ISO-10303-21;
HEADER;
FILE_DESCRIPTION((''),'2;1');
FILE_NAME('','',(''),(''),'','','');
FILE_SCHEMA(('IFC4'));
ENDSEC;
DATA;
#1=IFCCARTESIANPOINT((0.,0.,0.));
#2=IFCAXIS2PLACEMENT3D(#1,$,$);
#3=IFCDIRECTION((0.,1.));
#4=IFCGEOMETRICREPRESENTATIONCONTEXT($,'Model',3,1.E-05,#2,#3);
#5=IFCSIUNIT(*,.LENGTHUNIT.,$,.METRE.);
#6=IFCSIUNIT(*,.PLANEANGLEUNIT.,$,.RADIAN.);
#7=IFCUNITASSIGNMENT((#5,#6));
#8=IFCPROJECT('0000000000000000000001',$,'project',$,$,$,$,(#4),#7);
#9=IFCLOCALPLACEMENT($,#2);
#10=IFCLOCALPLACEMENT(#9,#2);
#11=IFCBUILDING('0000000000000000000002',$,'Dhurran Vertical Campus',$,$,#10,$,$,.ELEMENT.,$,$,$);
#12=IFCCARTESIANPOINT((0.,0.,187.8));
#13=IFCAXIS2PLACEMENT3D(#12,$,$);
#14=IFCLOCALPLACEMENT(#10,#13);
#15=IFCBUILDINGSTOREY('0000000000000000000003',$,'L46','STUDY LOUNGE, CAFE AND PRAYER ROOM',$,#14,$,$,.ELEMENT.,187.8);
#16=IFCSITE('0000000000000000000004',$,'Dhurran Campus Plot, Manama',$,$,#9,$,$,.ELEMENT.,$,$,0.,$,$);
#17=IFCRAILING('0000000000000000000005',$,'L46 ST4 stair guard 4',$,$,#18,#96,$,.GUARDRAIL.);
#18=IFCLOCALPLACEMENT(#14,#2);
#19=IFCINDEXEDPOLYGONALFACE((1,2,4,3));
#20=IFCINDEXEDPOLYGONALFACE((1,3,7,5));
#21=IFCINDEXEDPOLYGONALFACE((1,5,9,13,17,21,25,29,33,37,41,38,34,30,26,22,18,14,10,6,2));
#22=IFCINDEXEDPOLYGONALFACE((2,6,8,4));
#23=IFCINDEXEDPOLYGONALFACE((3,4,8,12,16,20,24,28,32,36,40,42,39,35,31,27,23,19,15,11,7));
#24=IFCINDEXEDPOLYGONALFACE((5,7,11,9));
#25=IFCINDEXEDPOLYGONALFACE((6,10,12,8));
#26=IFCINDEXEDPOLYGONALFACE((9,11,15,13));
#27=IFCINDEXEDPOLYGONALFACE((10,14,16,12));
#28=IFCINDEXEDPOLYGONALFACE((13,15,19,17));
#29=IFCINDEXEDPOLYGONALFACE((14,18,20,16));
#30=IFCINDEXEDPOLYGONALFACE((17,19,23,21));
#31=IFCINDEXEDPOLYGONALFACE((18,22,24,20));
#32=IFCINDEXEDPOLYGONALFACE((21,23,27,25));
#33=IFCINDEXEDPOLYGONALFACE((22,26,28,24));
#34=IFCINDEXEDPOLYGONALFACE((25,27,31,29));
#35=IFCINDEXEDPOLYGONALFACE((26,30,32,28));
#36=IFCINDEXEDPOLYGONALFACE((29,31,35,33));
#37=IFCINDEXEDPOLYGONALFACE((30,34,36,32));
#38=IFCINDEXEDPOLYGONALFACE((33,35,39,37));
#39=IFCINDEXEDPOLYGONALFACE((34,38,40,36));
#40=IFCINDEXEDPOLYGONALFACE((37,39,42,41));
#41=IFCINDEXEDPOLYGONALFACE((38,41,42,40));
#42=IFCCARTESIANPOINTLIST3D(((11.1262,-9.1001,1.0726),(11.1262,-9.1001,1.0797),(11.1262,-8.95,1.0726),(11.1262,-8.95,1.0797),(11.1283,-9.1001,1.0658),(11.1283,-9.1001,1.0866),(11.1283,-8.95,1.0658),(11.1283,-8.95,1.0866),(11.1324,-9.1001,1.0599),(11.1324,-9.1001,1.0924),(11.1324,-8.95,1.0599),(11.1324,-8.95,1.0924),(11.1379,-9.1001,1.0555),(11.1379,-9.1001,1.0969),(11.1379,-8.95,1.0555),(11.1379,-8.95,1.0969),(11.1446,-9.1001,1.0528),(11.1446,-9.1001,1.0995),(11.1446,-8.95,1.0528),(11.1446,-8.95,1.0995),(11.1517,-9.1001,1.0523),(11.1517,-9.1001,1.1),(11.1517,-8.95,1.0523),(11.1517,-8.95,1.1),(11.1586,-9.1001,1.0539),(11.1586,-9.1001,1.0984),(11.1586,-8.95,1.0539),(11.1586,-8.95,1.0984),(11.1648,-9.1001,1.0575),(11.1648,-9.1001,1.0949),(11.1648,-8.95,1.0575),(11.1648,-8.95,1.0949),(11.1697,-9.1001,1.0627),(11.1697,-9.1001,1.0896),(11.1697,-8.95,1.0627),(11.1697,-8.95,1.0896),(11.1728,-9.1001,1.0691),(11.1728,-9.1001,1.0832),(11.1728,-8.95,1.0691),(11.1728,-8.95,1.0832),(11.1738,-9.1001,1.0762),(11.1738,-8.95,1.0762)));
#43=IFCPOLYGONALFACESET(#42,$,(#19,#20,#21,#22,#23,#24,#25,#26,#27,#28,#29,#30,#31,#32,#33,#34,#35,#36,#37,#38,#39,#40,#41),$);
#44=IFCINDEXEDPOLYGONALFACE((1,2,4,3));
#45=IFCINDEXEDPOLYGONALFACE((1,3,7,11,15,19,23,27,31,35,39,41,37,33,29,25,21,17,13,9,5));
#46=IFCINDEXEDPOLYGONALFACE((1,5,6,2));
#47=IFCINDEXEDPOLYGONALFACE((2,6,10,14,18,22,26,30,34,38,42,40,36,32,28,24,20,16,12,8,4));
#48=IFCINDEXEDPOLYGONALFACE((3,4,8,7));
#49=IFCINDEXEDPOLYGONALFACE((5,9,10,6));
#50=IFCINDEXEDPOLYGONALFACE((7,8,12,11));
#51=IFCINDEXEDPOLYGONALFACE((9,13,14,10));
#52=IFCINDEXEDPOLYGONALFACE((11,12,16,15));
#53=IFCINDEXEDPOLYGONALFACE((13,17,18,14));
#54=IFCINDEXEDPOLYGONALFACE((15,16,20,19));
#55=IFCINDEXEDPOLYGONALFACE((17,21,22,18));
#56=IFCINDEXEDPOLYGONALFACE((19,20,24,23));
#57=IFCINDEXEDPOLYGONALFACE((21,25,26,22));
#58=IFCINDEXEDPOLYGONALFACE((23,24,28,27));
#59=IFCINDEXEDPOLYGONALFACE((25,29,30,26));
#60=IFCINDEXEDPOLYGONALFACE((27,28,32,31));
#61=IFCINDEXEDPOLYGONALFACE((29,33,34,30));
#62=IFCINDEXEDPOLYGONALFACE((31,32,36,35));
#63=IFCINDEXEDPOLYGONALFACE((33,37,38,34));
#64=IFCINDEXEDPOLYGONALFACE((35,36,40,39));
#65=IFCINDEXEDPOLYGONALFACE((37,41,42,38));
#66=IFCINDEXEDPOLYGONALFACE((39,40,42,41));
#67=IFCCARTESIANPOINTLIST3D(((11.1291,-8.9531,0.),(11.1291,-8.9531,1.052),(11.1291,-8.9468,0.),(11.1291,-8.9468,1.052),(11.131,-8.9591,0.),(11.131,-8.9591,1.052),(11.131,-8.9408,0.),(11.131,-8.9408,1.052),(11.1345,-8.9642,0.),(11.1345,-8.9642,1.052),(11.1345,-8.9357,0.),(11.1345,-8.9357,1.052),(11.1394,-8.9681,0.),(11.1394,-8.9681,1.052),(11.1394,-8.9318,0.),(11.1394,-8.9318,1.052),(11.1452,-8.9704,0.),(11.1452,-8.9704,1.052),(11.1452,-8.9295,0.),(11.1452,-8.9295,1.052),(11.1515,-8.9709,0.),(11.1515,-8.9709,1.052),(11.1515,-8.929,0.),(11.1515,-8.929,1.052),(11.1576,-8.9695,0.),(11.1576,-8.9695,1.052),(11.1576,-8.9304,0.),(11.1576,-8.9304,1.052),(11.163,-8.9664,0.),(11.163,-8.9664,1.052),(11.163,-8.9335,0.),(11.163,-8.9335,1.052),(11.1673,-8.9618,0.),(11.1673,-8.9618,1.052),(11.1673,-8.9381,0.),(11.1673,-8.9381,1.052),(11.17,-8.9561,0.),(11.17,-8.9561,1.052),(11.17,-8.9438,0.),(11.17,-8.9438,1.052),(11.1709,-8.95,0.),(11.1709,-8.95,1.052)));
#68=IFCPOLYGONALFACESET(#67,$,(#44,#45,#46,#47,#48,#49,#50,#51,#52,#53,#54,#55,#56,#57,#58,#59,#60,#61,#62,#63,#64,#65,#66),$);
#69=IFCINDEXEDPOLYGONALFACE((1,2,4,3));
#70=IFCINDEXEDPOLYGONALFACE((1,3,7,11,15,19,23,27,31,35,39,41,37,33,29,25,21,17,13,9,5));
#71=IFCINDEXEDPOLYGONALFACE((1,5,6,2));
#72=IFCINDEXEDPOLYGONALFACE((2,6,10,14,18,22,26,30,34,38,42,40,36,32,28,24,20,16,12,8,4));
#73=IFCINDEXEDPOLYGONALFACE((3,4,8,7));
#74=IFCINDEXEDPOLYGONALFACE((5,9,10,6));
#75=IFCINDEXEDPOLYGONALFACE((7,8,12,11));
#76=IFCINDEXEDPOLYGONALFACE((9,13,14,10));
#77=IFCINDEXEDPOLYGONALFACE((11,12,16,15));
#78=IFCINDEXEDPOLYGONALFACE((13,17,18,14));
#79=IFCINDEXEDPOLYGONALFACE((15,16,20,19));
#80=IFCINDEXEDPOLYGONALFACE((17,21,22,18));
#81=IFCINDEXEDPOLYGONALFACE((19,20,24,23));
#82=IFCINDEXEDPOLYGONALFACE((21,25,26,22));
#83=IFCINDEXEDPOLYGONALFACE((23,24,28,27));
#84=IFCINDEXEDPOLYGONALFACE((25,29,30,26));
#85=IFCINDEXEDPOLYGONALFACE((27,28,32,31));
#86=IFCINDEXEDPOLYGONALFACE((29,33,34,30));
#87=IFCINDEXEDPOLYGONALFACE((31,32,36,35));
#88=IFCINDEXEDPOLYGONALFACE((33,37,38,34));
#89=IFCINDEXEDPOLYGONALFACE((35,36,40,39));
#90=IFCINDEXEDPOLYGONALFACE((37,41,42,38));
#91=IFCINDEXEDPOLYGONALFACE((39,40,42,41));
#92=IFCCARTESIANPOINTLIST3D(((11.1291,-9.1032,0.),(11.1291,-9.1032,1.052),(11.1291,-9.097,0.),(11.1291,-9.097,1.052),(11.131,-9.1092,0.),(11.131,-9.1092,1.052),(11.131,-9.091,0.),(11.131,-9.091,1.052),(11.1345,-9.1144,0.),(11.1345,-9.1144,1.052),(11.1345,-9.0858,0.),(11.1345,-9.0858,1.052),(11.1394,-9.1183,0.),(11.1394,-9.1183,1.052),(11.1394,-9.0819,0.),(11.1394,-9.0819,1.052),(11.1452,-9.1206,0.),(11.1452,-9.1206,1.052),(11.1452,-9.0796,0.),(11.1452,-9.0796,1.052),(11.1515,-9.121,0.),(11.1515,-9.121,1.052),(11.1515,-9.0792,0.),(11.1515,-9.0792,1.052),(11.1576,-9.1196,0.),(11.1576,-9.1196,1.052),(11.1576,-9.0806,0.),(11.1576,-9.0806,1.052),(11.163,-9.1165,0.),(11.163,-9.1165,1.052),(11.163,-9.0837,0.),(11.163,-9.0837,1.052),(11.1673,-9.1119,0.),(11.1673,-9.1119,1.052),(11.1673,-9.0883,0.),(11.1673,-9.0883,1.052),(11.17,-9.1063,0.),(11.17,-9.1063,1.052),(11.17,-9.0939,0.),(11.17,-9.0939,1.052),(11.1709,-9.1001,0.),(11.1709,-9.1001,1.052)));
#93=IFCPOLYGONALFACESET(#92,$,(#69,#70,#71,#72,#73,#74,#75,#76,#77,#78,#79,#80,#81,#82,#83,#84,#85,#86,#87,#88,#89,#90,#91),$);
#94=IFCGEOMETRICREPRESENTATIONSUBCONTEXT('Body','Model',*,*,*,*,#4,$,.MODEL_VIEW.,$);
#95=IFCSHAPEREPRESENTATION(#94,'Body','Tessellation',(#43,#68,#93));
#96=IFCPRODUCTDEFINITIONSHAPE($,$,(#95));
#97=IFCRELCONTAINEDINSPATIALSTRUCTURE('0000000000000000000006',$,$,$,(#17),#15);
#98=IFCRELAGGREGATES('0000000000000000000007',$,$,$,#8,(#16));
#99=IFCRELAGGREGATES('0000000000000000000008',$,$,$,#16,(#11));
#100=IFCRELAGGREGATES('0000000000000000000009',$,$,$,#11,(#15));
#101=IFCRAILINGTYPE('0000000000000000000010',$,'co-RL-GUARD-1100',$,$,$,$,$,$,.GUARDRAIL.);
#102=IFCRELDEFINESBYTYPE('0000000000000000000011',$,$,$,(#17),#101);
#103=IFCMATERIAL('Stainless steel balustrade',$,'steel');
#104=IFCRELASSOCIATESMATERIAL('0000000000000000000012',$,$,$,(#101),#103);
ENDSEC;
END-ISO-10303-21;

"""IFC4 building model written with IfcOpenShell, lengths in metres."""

from ifc_helpers import new_model, si_unit, direction, frame, origin, origin_2d, place, context, subcontext, project, spatial, circle, extrude, material, type_object, element, save


model = new_model("IFC4")

# Units and contexts
model_context = context("Model", 3, precision=1e-05, world=origin(), true_north=direction((0.0, 1.0)))
body_context = subcontext(model_context, "Body", "Model", "MODEL_VIEW")
ifc_project = project(units=[si_unit("LENGTHUNIT", "METRE"), si_unit("PLANEANGLEUNIT", "RADIAN")], contexts=[model_context])

# Site, building, storey
site_placement = place(None, origin())
site = spatial("IfcSite", under=ifc_project, at=site_placement, Name="Dhurran Campus Plot, Manama", CompositionType="ELEMENT", RefElevation=0.0)
building_placement = place(site_placement, origin())
building = spatial("IfcBuilding", under=site, at=building_placement, Name="Dhurran Vertical Campus", CompositionType="ELEMENT")
storey_placement = place(building_placement, frame((0.0, 0.0, 187.8)))
storey = spatial("IfcBuildingStorey", under=building, at=storey_placement, Name="L46", Description="STUDY LOUNGE, CAFE AND PRAYER ROOM", CompositionType="ELEMENT", Elevation=187.8)

# Railing
ifc_material_1 = material(Name="Stainless steel balustrade", Category="steel")
railing_type_1 = type_object("IfcRailingType", Name="co-RL-GUARD-1100", PredefinedType="GUARDRAIL", material=ifc_material_1)
railing_1_placement = place(storey_placement, frame((11.1499, -8.95, 0.0)))
element("IfcRailing", 1, at=railing_1_placement, inside=storey, type_object=railing_type_1, Name="L46 ST4 stair guard 4", PredefinedType="GUARDRAIL", context=body_context, shape_type="SweptSolid", body=[
    extrude(circle(Radius=0.0239, at=origin_2d()), frame((0.0, 0.0, 1.0762), z_axis=(0.0, -1.0, 0.0), x_axis=(1.0, 0.0, 0.0)), (0.0, 0.0, 1.0), 0.1501),
    extrude(circle(Radius=0.021, at=origin_2d()), origin(), (0.0, 0.0, 1.0), 1.052),
    extrude(circle(Radius=0.021, at=origin_2d()), frame((0.0, -0.1501, 0.0)), (0.0, 0.0, 1.0), 1.052),
])

save(model, "model.ifc")
